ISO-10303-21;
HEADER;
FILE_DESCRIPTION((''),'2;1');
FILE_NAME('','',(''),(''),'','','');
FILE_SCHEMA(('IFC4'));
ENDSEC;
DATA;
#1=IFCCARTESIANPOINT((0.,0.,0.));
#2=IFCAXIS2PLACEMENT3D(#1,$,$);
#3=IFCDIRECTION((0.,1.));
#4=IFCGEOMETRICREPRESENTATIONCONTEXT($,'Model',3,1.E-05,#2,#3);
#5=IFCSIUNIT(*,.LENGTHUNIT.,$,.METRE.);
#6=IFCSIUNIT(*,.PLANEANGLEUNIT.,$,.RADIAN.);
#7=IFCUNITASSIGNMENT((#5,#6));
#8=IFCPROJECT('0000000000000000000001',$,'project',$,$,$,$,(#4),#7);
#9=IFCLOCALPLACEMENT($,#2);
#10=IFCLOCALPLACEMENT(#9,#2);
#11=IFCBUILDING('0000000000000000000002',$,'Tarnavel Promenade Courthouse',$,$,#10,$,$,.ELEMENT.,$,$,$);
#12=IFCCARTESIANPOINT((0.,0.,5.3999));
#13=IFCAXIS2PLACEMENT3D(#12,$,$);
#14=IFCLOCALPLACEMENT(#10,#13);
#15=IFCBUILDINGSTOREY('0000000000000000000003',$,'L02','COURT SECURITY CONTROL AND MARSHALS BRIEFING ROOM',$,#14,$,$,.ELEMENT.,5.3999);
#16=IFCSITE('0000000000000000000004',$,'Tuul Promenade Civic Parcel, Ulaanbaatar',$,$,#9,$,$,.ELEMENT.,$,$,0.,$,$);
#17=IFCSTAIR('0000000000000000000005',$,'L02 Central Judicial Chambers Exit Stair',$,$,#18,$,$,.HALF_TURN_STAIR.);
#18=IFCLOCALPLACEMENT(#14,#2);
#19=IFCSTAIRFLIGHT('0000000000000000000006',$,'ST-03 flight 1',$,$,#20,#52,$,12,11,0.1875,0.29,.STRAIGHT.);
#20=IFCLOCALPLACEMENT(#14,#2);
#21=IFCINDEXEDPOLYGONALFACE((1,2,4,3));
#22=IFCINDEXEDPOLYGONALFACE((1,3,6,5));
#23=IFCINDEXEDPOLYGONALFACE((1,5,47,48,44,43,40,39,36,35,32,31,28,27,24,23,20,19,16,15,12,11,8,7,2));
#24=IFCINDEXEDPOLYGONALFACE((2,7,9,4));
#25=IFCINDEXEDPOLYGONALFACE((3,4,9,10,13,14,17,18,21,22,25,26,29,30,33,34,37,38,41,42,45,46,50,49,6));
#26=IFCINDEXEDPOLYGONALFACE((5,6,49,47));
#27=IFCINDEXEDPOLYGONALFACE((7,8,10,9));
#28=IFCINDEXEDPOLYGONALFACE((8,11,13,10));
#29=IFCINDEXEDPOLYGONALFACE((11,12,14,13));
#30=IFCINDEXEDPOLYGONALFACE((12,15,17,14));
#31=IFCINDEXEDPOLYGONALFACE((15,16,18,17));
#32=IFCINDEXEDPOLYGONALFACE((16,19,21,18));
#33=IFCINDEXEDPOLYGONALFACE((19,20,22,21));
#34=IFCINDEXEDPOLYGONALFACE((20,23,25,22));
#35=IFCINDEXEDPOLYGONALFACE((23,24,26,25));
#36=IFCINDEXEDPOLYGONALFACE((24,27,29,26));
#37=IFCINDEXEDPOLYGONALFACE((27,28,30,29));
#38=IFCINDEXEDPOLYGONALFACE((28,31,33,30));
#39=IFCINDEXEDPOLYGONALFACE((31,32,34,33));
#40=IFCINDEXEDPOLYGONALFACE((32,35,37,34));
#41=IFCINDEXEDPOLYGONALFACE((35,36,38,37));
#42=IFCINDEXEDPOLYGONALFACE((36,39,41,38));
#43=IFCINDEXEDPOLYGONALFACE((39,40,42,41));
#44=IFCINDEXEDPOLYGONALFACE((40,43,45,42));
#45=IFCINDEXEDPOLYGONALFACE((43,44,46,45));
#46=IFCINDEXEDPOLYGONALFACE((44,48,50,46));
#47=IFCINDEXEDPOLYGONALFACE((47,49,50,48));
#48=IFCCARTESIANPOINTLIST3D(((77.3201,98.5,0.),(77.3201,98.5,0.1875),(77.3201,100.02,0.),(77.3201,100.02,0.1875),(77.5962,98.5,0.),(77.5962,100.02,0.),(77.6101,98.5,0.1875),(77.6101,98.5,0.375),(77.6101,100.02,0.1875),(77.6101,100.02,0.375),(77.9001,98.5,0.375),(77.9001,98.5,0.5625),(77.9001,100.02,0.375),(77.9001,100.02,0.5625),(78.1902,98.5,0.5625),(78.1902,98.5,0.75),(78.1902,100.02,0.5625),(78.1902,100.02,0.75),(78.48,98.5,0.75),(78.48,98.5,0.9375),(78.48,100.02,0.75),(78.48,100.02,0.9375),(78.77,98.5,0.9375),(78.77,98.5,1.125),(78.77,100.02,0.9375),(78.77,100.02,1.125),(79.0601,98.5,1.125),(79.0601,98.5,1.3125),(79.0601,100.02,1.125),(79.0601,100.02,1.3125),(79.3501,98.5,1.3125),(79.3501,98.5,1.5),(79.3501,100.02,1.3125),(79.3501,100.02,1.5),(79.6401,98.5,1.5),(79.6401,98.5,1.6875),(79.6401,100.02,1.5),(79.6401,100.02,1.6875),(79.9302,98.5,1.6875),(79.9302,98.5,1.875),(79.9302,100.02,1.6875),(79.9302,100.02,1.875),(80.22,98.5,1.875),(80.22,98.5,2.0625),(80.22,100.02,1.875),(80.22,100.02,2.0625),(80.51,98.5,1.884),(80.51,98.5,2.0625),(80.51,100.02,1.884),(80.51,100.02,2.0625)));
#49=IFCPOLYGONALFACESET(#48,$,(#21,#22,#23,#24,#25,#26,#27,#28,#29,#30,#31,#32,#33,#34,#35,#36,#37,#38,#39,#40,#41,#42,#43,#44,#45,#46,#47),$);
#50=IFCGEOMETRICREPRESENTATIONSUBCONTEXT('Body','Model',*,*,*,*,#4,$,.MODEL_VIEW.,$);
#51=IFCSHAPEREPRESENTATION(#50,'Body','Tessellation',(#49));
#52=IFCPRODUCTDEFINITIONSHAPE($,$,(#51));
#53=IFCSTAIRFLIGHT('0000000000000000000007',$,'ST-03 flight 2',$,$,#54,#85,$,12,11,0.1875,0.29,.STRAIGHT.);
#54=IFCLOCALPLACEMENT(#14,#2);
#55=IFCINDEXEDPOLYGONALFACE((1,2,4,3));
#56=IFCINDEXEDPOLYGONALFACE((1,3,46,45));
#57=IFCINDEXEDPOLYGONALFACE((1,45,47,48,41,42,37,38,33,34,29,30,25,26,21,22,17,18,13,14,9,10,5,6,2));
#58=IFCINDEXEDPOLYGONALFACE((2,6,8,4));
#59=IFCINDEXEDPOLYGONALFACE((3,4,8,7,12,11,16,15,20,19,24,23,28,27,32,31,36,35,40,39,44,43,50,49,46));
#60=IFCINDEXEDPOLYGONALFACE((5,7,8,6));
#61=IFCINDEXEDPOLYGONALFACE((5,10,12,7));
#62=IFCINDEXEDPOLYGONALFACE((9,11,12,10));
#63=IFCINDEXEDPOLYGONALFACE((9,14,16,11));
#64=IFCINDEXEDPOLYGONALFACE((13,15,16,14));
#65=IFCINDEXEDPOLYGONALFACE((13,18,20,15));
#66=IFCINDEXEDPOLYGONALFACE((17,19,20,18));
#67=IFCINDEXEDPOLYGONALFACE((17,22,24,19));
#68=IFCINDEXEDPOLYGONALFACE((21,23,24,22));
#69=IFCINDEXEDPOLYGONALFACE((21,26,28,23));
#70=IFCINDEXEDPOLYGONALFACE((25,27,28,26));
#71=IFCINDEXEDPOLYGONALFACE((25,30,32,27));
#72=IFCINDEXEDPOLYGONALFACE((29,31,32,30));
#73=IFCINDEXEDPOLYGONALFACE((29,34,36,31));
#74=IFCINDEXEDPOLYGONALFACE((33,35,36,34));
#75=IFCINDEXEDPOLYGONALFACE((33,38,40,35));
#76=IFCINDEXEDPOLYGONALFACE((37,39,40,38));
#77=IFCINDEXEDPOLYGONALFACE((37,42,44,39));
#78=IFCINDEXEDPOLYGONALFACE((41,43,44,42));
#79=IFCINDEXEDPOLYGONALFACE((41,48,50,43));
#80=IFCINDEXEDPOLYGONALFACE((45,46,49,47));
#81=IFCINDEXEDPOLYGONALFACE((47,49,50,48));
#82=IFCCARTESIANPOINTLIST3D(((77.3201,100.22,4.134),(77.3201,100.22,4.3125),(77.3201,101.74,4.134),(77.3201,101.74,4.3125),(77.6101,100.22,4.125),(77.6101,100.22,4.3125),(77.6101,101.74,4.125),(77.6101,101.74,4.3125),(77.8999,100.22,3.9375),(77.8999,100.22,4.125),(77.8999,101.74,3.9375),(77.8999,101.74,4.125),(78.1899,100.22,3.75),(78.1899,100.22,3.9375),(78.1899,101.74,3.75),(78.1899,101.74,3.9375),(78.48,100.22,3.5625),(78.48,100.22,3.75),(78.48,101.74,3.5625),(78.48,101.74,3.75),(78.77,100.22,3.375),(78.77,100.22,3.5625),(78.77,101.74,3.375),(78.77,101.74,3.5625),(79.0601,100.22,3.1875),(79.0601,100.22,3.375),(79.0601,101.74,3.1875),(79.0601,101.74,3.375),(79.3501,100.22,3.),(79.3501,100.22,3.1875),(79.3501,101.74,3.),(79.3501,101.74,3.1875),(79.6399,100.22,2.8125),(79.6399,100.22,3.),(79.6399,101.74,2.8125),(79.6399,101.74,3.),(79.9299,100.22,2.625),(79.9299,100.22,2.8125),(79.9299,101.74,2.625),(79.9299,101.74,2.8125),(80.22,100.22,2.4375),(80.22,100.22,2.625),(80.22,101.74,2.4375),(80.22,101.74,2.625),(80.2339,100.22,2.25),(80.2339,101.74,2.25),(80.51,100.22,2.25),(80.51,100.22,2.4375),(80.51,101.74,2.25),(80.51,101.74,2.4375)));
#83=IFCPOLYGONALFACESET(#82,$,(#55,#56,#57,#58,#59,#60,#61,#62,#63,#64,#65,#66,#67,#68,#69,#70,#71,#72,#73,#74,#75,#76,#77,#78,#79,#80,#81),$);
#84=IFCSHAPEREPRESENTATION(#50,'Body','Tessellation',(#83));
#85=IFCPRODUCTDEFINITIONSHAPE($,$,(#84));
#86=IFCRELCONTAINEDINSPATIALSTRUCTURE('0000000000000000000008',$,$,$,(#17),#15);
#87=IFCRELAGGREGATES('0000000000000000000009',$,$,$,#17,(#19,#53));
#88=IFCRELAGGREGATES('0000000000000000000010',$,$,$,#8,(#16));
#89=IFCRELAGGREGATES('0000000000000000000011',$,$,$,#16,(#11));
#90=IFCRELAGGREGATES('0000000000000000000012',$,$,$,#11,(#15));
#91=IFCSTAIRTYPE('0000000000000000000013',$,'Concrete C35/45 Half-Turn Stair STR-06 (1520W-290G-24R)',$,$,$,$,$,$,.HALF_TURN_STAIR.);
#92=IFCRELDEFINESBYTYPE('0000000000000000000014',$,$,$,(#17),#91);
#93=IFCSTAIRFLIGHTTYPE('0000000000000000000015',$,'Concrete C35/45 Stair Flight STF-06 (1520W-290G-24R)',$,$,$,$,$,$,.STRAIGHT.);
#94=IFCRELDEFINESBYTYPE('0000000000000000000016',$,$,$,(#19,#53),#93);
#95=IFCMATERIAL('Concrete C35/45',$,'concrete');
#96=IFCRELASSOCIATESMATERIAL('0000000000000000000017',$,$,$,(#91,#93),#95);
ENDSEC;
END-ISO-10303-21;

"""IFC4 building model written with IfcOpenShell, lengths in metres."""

from ifc_helpers import new_model, si_unit, direction, frame, origin, place, context, subcontext, project, spatial, polyline, outline, extrude, material, type_object, element, aggregate, save


model = new_model("IFC4")

# Units and contexts
model_context = context("Model", 3, precision=1e-05, world=origin(), true_north=direction((0.0, 1.0)))
body_context = subcontext(model_context, "Body", "Model", "MODEL_VIEW")
ifc_project = project(units=[si_unit("LENGTHUNIT", "METRE"), si_unit("PLANEANGLEUNIT", "RADIAN")], contexts=[model_context])

# Site, building, storey
site_placement = place(None, origin())
site = spatial("IfcSite", under=ifc_project, at=site_placement, Name="Tuul Promenade Civic Parcel, Ulaanbaatar", CompositionType="ELEMENT", RefElevation=0.0)
building_placement = place(site_placement, origin())
building = spatial("IfcBuilding", under=site, at=building_placement, Name="Tarnavel Promenade Courthouse", CompositionType="ELEMENT")
storey_placement = place(building_placement, frame((0.0, 0.0, 5.3999)))
storey = spatial("IfcBuildingStorey", under=building, at=storey_placement, Name="L02", Description="COURT SECURITY CONTROL AND MARSHALS BRIEFING ROOM", CompositionType="ELEMENT", Elevation=5.3999)

# Stair, stair flights
ifc_material_1 = material(Name="Concrete C35/45", Category="concrete")
stair_type = type_object("IfcStairType", Name="Concrete C35/45 Half-Turn Stair STR-06 (1520W-290G-24R)", PredefinedType="HALF_TURN_STAIR", material=ifc_material_1)
stair_placement = place(storey_placement, origin())
stair = element("IfcStair", 1, at=stair_placement, inside=storey, type_object=stair_type, Name="L02 Central Judicial Chambers Exit Stair", PredefinedType="HALF_TURN_STAIR")
stair_flight_type = type_object("IfcStairFlightType", Name="Concrete C35/45 Stair Flight STF-06 (1520W-290G-24R)", PredefinedType="STRAIGHT", material=ifc_material_1)
stair_flight_1_placement = place(storey_placement, frame((77.3201, 99.26, 0.0), z_axis=(0.0, 0.0, 1.0), x_axis=(1.0, 0.0, 0.0)))
stair_flight_1 = element("IfcStairFlight", 2, at=stair_flight_1_placement, type_object=stair_flight_type, Name="ST-03 flight 1", NumberOfRisers=12, NumberOfTreads=11, PredefinedType="STRAIGHT", RiserHeight=0.1875, TreadLength=0.29, context=body_context, shape_type="SweptSolid", body=[
    extrude(outline(polyline([(0.0, 0.0), (0.0, 0.1875), (0.29, 0.1875), (0.29, 0.375), (0.5801, 0.375), (0.5801, 0.5625), (0.8701, 0.5625), (0.8701, 0.75), (1.1599, 0.75), (1.1599, 0.9375), (1.45, 0.9375), (1.45, 1.125), (1.74, 1.125), (1.74, 1.3125), (2.03, 1.3125), (2.03, 1.5), (2.3201, 1.5), (2.3201, 1.6875), (2.6101, 1.6875), (2.6101, 1.875), (2.8999, 1.875), (2.8999, 2.0625), (3.1899, 2.0625), (3.1899, 2.25), (3.1899, 1.884), (0.2761, 0.0), (0.0, 0.0)])), frame((0.0, 0.76, 0.0), z_axis=(0.0, -1.0, 0.0), x_axis=(1.0, 0.0, 0.0)), (0.0, 0.0, 1.0), 1.52),
])
stair_flight_2_placement = place(storey_placement, frame((80.51, 100.98, 2.25), z_axis=(0.0, 0.0, 1.0), x_axis=(-1.0, 0.0, 0.0)))
stair_flight_2 = element("IfcStairFlight", 3, at=stair_flight_2_placement, type_object=stair_flight_type, Name="ST-03 flight 2", NumberOfRisers=12, NumberOfTreads=11, PredefinedType="STRAIGHT", RiserHeight=0.1875, TreadLength=0.29, context=body_context, shape_type="SweptSolid", body=[
    extrude(outline(polyline([(0.0, 0.0), (0.0, 0.1875), (0.29, 0.1875), (0.29, 0.375), (0.5801, 0.375), (0.5801, 0.5625), (0.8701, 0.5625), (0.8701, 0.75), (1.1599, 0.75), (1.1599, 0.9375), (1.45, 0.9375), (1.45, 1.125), (1.74, 1.125), (1.74, 1.3125), (2.03, 1.3125), (2.03, 1.5), (2.3201, 1.5), (2.3201, 1.6875), (2.6101, 1.6875), (2.6101, 1.875), (2.8999, 1.875), (2.8999, 2.0625), (3.1899, 2.0625), (3.1899, 2.25), (3.1899, 1.884), (0.2761, 0.0), (0.0, 0.0)])), frame((0.0, 0.76, 0.0), z_axis=(0.0, -1.0, 0.0), x_axis=(1.0, 0.0, 0.0)), (0.0, 0.0, 1.0), 1.52),
])
aggregate(stair, [stair_flight_1, stair_flight_2])

save(model, "model.ifc")
